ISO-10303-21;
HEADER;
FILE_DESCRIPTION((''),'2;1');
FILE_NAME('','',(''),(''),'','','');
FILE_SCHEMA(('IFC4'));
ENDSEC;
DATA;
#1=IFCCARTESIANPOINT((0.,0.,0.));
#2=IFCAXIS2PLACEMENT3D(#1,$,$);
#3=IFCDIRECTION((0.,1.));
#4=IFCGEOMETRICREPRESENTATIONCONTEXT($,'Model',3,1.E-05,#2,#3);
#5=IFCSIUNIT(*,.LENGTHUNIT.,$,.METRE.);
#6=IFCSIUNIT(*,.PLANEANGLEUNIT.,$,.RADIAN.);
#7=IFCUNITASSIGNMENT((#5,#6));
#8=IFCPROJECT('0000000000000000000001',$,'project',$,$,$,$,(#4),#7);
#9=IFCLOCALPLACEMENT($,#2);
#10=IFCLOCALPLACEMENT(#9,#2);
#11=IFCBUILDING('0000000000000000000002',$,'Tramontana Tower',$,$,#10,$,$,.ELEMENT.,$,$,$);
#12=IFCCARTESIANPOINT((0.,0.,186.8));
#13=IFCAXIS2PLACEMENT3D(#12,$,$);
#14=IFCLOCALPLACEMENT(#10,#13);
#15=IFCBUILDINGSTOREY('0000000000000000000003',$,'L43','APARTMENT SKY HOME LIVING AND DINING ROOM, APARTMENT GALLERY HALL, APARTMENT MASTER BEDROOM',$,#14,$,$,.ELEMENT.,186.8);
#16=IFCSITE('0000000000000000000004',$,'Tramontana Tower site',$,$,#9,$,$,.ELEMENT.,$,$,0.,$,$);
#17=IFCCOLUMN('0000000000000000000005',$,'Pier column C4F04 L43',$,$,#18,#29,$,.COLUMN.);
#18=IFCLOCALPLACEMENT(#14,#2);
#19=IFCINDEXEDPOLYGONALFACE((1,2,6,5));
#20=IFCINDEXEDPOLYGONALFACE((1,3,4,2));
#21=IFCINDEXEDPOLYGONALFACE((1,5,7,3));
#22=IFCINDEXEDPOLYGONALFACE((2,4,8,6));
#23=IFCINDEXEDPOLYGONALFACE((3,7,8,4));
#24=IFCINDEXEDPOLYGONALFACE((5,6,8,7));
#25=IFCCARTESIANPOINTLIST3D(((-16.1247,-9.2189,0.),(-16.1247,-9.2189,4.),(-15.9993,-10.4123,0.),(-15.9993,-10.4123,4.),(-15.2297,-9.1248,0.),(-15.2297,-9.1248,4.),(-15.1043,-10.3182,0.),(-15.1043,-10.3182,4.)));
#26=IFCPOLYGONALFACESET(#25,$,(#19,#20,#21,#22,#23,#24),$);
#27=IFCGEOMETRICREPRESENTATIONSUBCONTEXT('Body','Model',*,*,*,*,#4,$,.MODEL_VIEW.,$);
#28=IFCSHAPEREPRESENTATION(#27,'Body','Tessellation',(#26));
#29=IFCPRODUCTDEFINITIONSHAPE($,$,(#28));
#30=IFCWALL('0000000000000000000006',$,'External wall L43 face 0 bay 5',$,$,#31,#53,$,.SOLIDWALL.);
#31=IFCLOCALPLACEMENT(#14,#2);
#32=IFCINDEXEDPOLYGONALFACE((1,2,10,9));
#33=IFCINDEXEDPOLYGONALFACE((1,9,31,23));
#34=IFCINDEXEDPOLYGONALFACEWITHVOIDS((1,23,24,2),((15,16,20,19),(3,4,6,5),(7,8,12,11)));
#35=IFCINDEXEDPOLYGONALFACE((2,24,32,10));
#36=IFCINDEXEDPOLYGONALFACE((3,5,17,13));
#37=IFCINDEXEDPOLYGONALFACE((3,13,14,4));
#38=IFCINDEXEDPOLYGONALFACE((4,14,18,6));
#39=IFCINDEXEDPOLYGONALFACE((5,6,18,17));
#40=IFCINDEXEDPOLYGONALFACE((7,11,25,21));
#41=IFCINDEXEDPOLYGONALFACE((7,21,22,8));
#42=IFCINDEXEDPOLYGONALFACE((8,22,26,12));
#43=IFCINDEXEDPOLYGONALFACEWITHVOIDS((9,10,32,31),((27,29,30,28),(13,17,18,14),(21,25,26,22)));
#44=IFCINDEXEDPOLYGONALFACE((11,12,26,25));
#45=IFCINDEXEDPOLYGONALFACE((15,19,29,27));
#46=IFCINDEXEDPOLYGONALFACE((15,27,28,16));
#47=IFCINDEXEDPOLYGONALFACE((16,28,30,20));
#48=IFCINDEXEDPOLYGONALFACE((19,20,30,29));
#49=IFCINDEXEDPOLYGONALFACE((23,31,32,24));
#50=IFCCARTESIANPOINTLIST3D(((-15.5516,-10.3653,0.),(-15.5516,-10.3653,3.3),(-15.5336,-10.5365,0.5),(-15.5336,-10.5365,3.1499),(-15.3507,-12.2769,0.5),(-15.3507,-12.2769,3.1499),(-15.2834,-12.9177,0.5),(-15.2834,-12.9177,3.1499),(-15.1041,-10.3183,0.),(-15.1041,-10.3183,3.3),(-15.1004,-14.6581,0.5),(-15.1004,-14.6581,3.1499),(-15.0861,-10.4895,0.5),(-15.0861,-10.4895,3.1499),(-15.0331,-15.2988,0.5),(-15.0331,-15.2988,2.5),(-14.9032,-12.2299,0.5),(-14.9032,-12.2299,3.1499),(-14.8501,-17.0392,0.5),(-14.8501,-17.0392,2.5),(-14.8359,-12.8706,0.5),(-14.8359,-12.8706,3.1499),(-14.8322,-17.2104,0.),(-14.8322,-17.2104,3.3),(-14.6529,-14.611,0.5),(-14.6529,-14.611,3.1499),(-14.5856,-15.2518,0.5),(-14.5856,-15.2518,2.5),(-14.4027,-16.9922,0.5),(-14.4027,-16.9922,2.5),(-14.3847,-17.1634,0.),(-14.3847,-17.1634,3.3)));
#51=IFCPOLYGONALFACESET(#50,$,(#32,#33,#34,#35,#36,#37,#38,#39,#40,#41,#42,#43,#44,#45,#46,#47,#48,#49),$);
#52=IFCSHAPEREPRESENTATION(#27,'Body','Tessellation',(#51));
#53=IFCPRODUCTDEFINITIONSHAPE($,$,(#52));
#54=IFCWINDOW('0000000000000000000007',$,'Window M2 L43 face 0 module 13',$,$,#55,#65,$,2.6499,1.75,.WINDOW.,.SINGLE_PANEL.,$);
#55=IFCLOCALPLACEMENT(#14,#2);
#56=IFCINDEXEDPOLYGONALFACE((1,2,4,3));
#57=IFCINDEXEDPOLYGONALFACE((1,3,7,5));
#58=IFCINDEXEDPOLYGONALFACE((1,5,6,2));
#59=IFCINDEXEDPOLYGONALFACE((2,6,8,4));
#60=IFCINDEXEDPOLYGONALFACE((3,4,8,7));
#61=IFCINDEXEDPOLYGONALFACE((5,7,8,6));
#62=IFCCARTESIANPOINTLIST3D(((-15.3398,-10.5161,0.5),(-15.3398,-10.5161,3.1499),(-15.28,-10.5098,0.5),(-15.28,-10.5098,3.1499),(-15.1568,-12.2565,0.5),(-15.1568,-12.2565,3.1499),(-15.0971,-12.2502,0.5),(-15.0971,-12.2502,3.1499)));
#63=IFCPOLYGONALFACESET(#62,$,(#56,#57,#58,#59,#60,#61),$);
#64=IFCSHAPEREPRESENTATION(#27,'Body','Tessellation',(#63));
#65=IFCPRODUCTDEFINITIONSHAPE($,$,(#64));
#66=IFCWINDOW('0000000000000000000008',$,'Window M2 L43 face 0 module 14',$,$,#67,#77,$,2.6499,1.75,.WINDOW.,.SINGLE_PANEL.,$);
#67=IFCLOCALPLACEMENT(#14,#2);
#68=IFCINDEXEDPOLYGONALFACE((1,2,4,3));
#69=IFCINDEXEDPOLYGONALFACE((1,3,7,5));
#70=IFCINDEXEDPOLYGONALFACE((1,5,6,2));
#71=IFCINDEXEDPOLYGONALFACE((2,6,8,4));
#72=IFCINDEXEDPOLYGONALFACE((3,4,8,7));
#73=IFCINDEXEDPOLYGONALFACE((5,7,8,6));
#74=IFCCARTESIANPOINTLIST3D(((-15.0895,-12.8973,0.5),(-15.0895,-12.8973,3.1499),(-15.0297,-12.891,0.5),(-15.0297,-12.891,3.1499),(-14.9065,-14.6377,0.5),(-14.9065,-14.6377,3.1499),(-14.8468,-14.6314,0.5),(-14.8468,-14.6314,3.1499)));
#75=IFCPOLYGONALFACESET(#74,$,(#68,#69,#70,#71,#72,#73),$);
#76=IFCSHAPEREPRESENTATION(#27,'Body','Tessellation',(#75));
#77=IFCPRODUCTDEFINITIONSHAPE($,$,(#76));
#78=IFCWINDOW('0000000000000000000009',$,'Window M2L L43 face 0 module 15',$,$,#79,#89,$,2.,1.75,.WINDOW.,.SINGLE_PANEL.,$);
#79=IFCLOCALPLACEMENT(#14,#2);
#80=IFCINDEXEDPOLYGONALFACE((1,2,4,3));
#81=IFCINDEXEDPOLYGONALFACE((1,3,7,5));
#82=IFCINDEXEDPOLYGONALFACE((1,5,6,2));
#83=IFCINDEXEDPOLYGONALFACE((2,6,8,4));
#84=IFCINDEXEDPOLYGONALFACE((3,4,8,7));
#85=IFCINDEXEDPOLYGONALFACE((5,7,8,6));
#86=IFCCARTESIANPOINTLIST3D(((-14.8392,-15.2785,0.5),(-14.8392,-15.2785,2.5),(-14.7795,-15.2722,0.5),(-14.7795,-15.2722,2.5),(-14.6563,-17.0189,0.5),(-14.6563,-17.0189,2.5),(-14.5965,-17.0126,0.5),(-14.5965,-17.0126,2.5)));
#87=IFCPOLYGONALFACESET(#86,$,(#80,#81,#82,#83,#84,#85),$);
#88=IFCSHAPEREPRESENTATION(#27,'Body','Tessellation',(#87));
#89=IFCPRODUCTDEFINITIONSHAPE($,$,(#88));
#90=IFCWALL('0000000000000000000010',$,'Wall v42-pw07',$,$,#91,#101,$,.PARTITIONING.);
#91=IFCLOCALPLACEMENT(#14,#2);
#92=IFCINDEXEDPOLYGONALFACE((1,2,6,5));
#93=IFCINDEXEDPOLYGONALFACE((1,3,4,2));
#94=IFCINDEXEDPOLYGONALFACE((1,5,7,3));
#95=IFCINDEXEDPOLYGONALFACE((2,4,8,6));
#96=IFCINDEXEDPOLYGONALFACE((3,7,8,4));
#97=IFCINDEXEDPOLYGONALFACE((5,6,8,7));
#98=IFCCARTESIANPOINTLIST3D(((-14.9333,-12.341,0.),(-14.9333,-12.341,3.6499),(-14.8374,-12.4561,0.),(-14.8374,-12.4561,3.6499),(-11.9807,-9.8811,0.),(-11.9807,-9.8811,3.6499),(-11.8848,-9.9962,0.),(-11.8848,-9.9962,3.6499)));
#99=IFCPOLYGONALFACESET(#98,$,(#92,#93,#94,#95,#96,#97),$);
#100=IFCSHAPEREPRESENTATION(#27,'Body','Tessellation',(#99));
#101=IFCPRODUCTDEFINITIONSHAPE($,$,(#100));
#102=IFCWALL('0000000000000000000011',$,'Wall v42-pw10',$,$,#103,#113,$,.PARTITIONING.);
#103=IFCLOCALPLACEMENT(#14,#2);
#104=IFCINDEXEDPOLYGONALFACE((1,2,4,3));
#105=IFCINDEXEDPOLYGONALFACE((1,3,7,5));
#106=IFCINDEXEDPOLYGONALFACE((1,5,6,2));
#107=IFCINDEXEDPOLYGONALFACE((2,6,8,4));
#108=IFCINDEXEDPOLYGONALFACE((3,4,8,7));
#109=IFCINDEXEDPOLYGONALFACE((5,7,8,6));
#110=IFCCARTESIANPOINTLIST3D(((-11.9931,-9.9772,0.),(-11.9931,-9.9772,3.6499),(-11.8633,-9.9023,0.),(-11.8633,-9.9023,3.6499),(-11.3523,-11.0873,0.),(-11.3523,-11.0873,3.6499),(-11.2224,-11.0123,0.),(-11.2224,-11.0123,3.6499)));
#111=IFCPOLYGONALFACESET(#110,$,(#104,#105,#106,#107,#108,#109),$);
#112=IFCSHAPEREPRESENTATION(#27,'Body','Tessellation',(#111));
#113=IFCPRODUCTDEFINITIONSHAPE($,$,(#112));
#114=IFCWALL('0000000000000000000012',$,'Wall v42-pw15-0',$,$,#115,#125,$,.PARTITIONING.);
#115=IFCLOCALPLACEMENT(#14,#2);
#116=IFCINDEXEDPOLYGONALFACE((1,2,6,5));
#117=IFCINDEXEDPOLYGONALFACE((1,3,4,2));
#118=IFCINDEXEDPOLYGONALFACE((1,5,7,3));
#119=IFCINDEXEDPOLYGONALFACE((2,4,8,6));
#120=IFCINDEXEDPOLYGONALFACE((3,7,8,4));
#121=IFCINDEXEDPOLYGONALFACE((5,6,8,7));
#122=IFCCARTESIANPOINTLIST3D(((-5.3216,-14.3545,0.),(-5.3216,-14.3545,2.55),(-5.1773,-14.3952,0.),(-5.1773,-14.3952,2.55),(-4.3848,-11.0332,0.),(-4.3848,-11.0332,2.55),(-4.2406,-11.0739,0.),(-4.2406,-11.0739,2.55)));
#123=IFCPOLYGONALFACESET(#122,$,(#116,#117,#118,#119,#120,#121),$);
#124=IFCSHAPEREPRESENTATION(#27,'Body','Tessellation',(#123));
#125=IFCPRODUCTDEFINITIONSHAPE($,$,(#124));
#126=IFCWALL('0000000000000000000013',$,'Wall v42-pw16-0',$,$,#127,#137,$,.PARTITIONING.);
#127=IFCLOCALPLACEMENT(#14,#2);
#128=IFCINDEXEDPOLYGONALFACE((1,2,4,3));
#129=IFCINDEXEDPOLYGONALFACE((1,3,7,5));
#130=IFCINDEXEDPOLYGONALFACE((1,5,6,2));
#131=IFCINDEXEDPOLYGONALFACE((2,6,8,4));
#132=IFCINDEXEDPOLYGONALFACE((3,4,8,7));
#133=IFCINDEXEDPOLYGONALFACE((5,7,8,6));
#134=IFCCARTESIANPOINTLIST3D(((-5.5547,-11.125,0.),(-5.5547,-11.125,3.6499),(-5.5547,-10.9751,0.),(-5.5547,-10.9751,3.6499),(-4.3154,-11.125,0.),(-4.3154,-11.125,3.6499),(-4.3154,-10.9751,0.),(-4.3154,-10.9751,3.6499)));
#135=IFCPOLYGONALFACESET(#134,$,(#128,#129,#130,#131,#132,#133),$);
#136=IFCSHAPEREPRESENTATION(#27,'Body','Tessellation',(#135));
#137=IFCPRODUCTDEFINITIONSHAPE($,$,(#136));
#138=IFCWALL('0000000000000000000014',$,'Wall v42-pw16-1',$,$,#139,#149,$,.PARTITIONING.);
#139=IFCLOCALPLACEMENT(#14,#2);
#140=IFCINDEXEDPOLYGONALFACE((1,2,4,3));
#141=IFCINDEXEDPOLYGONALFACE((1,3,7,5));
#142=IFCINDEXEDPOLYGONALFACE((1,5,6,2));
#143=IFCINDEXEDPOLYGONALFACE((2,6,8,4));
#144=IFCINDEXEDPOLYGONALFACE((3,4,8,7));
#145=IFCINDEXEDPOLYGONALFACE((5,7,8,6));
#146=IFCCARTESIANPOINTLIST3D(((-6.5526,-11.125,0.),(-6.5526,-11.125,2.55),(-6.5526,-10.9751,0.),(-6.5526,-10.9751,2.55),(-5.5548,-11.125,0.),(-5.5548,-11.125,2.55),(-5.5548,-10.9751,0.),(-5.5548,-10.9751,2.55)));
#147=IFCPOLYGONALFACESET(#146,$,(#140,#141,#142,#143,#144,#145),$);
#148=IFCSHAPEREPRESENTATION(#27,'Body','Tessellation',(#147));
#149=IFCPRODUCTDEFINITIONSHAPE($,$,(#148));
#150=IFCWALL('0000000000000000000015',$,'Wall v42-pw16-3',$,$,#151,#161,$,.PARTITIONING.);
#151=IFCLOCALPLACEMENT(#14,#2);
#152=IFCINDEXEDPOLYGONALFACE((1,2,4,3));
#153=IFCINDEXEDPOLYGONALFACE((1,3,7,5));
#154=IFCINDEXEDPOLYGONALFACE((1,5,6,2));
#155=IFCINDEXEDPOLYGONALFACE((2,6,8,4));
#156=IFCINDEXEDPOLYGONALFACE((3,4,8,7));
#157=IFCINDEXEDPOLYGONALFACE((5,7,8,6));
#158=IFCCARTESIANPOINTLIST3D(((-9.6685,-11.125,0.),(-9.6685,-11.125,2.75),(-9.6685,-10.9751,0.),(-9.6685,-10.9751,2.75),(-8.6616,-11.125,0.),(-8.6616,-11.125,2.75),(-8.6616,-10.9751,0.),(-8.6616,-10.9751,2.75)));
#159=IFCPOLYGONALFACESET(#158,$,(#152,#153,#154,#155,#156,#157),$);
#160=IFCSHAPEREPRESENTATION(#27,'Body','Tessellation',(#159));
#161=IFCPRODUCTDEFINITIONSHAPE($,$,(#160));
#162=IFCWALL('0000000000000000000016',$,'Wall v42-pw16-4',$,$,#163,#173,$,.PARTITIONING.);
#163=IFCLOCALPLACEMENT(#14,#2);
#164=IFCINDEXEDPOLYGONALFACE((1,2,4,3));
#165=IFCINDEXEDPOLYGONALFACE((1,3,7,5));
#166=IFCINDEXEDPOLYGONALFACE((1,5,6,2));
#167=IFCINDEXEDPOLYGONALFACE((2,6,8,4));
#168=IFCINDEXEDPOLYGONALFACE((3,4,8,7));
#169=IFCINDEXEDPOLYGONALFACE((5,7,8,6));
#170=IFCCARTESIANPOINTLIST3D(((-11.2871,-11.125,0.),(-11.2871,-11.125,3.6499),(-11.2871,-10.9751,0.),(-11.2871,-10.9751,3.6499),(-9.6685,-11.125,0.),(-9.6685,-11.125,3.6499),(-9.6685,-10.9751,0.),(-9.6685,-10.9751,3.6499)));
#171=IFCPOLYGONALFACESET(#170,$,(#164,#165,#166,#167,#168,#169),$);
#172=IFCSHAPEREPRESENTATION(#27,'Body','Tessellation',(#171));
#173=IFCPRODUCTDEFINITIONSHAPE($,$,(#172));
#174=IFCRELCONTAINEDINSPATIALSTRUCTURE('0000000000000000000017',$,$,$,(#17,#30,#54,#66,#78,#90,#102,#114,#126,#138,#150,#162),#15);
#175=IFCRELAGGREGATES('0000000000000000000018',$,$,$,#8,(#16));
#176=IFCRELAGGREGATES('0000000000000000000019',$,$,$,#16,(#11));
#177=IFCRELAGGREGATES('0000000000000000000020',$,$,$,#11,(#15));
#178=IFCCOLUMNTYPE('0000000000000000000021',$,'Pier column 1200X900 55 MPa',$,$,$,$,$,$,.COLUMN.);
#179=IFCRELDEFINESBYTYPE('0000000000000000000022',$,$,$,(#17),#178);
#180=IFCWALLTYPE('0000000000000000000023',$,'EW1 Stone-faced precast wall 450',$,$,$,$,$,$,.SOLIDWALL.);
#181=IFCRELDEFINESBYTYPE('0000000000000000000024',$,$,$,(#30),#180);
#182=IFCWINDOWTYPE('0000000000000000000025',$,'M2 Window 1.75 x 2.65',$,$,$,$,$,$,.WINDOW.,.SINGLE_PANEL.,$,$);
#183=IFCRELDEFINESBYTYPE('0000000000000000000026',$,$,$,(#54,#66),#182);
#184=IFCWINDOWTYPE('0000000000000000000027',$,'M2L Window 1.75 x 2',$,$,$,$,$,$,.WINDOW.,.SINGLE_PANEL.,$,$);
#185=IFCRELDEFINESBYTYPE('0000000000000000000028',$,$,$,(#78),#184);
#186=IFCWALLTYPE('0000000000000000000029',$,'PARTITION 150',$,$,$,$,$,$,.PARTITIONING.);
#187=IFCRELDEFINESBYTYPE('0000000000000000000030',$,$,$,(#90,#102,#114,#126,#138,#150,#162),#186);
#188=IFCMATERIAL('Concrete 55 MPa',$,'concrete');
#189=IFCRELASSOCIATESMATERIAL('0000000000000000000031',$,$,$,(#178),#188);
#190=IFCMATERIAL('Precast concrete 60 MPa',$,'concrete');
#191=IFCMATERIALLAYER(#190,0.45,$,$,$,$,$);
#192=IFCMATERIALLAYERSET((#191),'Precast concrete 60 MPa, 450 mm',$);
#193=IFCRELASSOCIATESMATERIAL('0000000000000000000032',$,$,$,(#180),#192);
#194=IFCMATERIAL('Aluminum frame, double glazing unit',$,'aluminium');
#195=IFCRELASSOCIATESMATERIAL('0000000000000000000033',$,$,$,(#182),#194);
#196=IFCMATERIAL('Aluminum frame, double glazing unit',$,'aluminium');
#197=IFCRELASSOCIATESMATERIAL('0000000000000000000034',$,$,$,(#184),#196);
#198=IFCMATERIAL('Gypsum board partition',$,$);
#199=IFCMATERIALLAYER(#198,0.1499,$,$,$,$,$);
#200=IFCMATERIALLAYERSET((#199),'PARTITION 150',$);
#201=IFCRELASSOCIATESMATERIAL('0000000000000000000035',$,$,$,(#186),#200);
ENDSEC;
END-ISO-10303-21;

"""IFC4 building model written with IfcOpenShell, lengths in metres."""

from ifc_helpers import new_model, si_unit, direction, frame, frame_2d, origin, origin_2d, place, context, subcontext, project, spatial, rectangle, extrude, material, layer, layer_set, material_profile, profile_set, type_object, element, fill, save


model = new_model("IFC4")

# Units and contexts
model_context = context("Model", 3, precision=1e-05, world=origin(), true_north=direction((0.0, 1.0)))
body_context = subcontext(model_context, "Body", "Model", "MODEL_VIEW")
ifc_project = project(units=[si_unit("LENGTHUNIT", "METRE"), si_unit("PLANEANGLEUNIT", "RADIAN")], contexts=[model_context])

# Site, building, storey
site_placement = place(None, origin())
site = spatial("IfcSite", under=ifc_project, at=site_placement, Name="Tramontana Tower site", CompositionType="ELEMENT", RefElevation=0.0)
building_placement = place(site_placement, origin())
building = spatial("IfcBuilding", under=site, at=building_placement, Name="Tramontana Tower", CompositionType="ELEMENT")
storey_placement = place(building_placement, frame((0.0, 0.0, 186.8)))
storey = spatial("IfcBuildingStorey", under=building, at=storey_placement, Name="L43", Description="APARTMENT SKY HOME LIVING AND DINING ROOM, APARTMENT GALLERY HALL, APARTMENT MASTER BEDROOM", CompositionType="ELEMENT", Elevation=186.8)

# Column
ifc_material_1 = material(Name="Concrete 55 MPa", Category="concrete")
ifc_material_profile = material_profile(ifc_material_1, rectangle(XDim=1.2, YDim=0.8999, at=origin_2d()), Name="Pier column 1200X900 55 MPa")
ifc_profile_set = profile_set([ifc_material_profile], Name="Concrete 55 MPa")
column_type = type_object("IfcColumnType", Name="Pier column 1200X900 55 MPa", PredefinedType="COLUMN", material=ifc_profile_set)
column_placement = place(storey_placement, frame((-15.6145, -9.7686, 0.0), z_axis=(0.0, 0.0, 1.0), x_axis=(0.104528, -0.994522, 0.0)))
element("IfcColumn", 1, at=column_placement, inside=storey, type_object=column_type, Name="Pier column C4F04 L43", PredefinedType="COLUMN", context=body_context, shape_type="SweptSolid", body=[
    extrude(rectangle(XDim=1.2, YDim=0.8999, at=origin_2d()), origin(), (0.0, 0.0, 1.0), 4.0),
])

# Wall, openings, windows
ifc_material_2 = material(Name="Precast concrete 60 MPa", Category="concrete")
ifc_layer_1 = layer(ifc_material_2, 0.45)
ifc_layer_set_1 = layer_set([ifc_layer_1], Name="Precast concrete 60 MPa, 450 mm")
wall_type_1 = type_object("IfcWallType", Name="EW1 Stone-faced precast wall 450", PredefinedType="SOLIDWALL", material=ifc_layer_set_1)
wall_1_placement = place(storey_placement, frame((-15.3279, -10.3418, 0.0), z_axis=(0.0, 0.0, 1.0), x_axis=(0.104532, -0.994522, 0.0)))
wall_1 = element("IfcWall", 2, at=wall_1_placement, inside=storey, type_object=wall_type_1, Name="External wall L43 face 0 bay 5", PredefinedType="SOLIDWALL", context=body_context, shape_type="SweptSolid", body=[
    extrude(rectangle(XDim=6.8828, YDim=0.45, at=frame_2d((3.4414, 0.0))), origin(), (0.0, 0.0, 1.0), 3.3),
])
opening_1_placement = place(wall_1_placement, frame((0.1721, 0.0, 0.5)))
opening_1 = element("IfcOpeningElement", 3, at=opening_1_placement, cuts=wall_1, PredefinedType="OPENING", context=body_context, shape_type="SweptSolid", body=[
    extrude(rectangle(XDim=1.75, YDim=2.6499, at=frame_2d((0.875, 1.325))), frame((0.0, 0.2349, 0.0), z_axis=(0.0, -1.0, 0.0), x_axis=(1.0, 0.0, 0.0)), (0.0, 0.0, 1.0), 0.47),
])
opening_2_placement = place(wall_1_placement, frame((2.5664, 0.0, 0.5)))
opening_2 = element("IfcOpeningElement", 4, at=opening_2_placement, cuts=wall_1, PredefinedType="OPENING", context=body_context, shape_type="SweptSolid", body=[
    extrude(rectangle(XDim=1.75, YDim=2.6499, at=frame_2d((0.875, 1.325))), frame((0.0, 0.2349, 0.0), z_axis=(0.0, -1.0, 0.0), x_axis=(1.0, 0.0, 0.0)), (0.0, 0.0, 1.0), 0.47),
])
opening_3_placement = place(wall_1_placement, frame((4.9607, 0.0, 0.5)))
opening_3 = element("IfcOpeningElement", 5, at=opening_3_placement, cuts=wall_1, PredefinedType="OPENING", context=body_context, shape_type="SweptSolid", body=[
    extrude(rectangle(XDim=1.75, YDim=2.0, at=frame_2d((0.875, 1.0))), frame((0.0, 0.2349, 0.0), z_axis=(0.0, -1.0, 0.0), x_axis=(1.0, 0.0, 0.0)), (0.0, 0.0, 1.0), 0.47),
])
ifc_material_3 = material(Name="Aluminum frame, double glazing unit", Category="aluminium")
window_type_1 = type_object("IfcWindowType", Name="M2 Window 1.75 x 2.65", PartitioningType="SINGLE_PANEL", PredefinedType="WINDOW", material=ifc_material_3)
window_1_placement = place(opening_1_placement, origin())
window_1 = element("IfcWindow", 6, at=window_1_placement, inside=storey, type_object=window_type_1, Name="Window M2 L43 face 0 module 13", OverallHeight=2.6499, OverallWidth=1.75, PartitioningType="SINGLE_PANEL", PredefinedType="WINDOW", context=body_context, shape_type="SweptSolid", body=[
    extrude(rectangle(XDim=1.75, YDim=2.6499, at=frame_2d((0.875, 1.325))), frame((0.0, 0.03, 0.0), z_axis=(0.0, -1.0, 0.0), x_axis=(1.0, 0.0, 0.0)), (0.0, 0.0, 1.0), 0.0601),
])
fill(opening_1, window_1)
window_2_placement = place(opening_2_placement, origin())
window_2 = element("IfcWindow", 7, at=window_2_placement, inside=storey, type_object=window_type_1, Name="Window M2 L43 face 0 module 14", OverallHeight=2.6499, OverallWidth=1.75, PartitioningType="SINGLE_PANEL", PredefinedType="WINDOW", context=body_context, shape_type="SweptSolid", body=[
    extrude(rectangle(XDim=1.75, YDim=2.6499, at=frame_2d((0.875, 1.325))), frame((0.0, 0.03, 0.0), z_axis=(0.0, -1.0, 0.0), x_axis=(1.0, 0.0, 0.0)), (0.0, 0.0, 1.0), 0.0601),
])
fill(opening_2, window_2)
ifc_material_4 = material(Name="Aluminum frame, double glazing unit", Category="aluminium")
window_type_2 = type_object("IfcWindowType", Name="M2L Window 1.75 x 2", PartitioningType="SINGLE_PANEL", PredefinedType="WINDOW", material=ifc_material_4)
window_3_placement = place(opening_3_placement, origin())
window_3 = element("IfcWindow", 8, at=window_3_placement, inside=storey, type_object=window_type_2, Name="Window M2L L43 face 0 module 15", OverallHeight=2.0, OverallWidth=1.75, PartitioningType="SINGLE_PANEL", PredefinedType="WINDOW", context=body_context, shape_type="SweptSolid", body=[
    extrude(rectangle(XDim=1.75, YDim=2.0, at=frame_2d((0.875, 1.0))), frame((0.0, 0.03, 0.0), z_axis=(0.0, -1.0, 0.0), x_axis=(1.0, 0.0, 0.0)), (0.0, 0.0, 1.0), 0.0601),
])
fill(opening_3, window_3)

# Walls
ifc_material_5 = material(Name="Gypsum board partition")
ifc_layer_2 = layer(ifc_material_5, 0.1499)
ifc_layer_set_2 = layer_set([ifc_layer_2], Name="PARTITION 150")
wall_type_2 = type_object("IfcWallType", Name="PARTITION 150", PredefinedType="PARTITIONING", material=ifc_layer_set_2)
wall_2_placement = place(storey_placement, frame((-11.9329, -9.9387, 0.0), z_axis=(0.0, 0.0, 1.0), x_axis=(-0.768294, -0.640097, 0.0)))
element("IfcWall", 9, at=wall_2_placement, inside=storey, type_object=wall_type_2, Name="Wall v42-pw07", PredefinedType="PARTITIONING", context=body_context, shape_type="SweptSolid", body=[
    extrude(rectangle(XDim=3.843, YDim=0.1499, at=frame_2d((1.9214, 0.0))), origin(), (0.0, 0.0, 1.0), 3.6499),
])
wall_3_placement = place(storey_placement, frame((-11.2874, -11.0498, 0.0), z_axis=(0.0, 0.0, 1.0), x_axis=(-0.49997, 0.866043, 0.0)))
element("IfcWall", 10, at=wall_3_placement, inside=storey, type_object=wall_type_2, Name="Wall v42-pw10", PredefinedType="PARTITIONING", context=body_context, shape_type="SweptSolid", body=[
    extrude(rectangle(XDim=1.2817, YDim=0.1499, at=frame_2d((0.6409, 0.0))), origin(), (0.0, 0.0, 1.0), 3.6499),
])
wall_4_placement = place(storey_placement, frame((-5.2495, -14.375, 0.0), z_axis=(0.0, 0.0, 1.0), x_axis=(0.271458, 0.96245, 0.0)))
element("IfcWall", 11, at=wall_4_placement, inside=storey, type_object=wall_type_2, Name="Wall v42-pw15-0", PredefinedType="PARTITIONING", context=body_context, shape_type="SweptSolid", body=[
    extrude(rectangle(XDim=3.4509, YDim=0.1499, at=frame_2d((1.7256, 0.0))), origin(), (0.0, 0.0, 1.0), 2.55),
])
wall_5_placement = place(storey_placement, frame((-4.3154, -11.05, 0.0), z_axis=(0.0, 0.0, 1.0), x_axis=(-1.0, 0.0, 0.0)))
element("IfcWall", 12, at=wall_5_placement, inside=storey, type_object=wall_type_2, Name="Wall v42-pw16-0", PredefinedType="PARTITIONING", context=body_context, shape_type="SweptSolid", body=[
    extrude(rectangle(XDim=1.2393, YDim=0.1499, at=frame_2d((0.6196, 0.0))), origin(), (0.0, 0.0, 1.0), 3.6499),
])
wall_6_placement = place(storey_placement, frame((-5.5547, -11.05, 0.0), z_axis=(0.0, 0.0, 1.0), x_axis=(-1.0, 0.0, 0.0)))
element("IfcWall", 13, at=wall_6_placement, inside=storey, type_object=wall_type_2, Name="Wall v42-pw16-1", PredefinedType="PARTITIONING", context=body_context, shape_type="SweptSolid", body=[
    extrude(rectangle(XDim=0.9978, YDim=0.1499, at=frame_2d((0.499, 0.0))), origin(), (0.0, 0.0, 1.0), 2.55),
])

# Walls
wall_7_placement = place(storey_placement, frame((-8.6616, -11.05, 0.0), z_axis=(0.0, 0.0, 1.0), x_axis=(-1.0, 0.0, 0.0)))
element("IfcWall", 14, at=wall_7_placement, inside=storey, type_object=wall_type_2, Name="Wall v42-pw16-3", PredefinedType="PARTITIONING", context=body_context, shape_type="SweptSolid", body=[
    extrude(rectangle(XDim=1.0068, YDim=0.1499, at=frame_2d((0.5034, 0.0))), origin(), (0.0, 0.0, 1.0), 2.75),
])
wall_8_placement = place(storey_placement, frame((-9.6685, -11.05, 0.0), z_axis=(0.0, 0.0, 1.0), x_axis=(-1.0, 0.0, 0.0)))
element("IfcWall", 15, at=wall_8_placement, inside=storey, type_object=wall_type_2, Name="Wall v42-pw16-4", PredefinedType="PARTITIONING", context=body_context, shape_type="SweptSolid", body=[
    extrude(rectangle(XDim=1.6187, YDim=0.1499, at=frame_2d((0.8093, 0.0))), origin(), (0.0, 0.0, 1.0), 3.6499),
])

save(model, "model.ifc")
